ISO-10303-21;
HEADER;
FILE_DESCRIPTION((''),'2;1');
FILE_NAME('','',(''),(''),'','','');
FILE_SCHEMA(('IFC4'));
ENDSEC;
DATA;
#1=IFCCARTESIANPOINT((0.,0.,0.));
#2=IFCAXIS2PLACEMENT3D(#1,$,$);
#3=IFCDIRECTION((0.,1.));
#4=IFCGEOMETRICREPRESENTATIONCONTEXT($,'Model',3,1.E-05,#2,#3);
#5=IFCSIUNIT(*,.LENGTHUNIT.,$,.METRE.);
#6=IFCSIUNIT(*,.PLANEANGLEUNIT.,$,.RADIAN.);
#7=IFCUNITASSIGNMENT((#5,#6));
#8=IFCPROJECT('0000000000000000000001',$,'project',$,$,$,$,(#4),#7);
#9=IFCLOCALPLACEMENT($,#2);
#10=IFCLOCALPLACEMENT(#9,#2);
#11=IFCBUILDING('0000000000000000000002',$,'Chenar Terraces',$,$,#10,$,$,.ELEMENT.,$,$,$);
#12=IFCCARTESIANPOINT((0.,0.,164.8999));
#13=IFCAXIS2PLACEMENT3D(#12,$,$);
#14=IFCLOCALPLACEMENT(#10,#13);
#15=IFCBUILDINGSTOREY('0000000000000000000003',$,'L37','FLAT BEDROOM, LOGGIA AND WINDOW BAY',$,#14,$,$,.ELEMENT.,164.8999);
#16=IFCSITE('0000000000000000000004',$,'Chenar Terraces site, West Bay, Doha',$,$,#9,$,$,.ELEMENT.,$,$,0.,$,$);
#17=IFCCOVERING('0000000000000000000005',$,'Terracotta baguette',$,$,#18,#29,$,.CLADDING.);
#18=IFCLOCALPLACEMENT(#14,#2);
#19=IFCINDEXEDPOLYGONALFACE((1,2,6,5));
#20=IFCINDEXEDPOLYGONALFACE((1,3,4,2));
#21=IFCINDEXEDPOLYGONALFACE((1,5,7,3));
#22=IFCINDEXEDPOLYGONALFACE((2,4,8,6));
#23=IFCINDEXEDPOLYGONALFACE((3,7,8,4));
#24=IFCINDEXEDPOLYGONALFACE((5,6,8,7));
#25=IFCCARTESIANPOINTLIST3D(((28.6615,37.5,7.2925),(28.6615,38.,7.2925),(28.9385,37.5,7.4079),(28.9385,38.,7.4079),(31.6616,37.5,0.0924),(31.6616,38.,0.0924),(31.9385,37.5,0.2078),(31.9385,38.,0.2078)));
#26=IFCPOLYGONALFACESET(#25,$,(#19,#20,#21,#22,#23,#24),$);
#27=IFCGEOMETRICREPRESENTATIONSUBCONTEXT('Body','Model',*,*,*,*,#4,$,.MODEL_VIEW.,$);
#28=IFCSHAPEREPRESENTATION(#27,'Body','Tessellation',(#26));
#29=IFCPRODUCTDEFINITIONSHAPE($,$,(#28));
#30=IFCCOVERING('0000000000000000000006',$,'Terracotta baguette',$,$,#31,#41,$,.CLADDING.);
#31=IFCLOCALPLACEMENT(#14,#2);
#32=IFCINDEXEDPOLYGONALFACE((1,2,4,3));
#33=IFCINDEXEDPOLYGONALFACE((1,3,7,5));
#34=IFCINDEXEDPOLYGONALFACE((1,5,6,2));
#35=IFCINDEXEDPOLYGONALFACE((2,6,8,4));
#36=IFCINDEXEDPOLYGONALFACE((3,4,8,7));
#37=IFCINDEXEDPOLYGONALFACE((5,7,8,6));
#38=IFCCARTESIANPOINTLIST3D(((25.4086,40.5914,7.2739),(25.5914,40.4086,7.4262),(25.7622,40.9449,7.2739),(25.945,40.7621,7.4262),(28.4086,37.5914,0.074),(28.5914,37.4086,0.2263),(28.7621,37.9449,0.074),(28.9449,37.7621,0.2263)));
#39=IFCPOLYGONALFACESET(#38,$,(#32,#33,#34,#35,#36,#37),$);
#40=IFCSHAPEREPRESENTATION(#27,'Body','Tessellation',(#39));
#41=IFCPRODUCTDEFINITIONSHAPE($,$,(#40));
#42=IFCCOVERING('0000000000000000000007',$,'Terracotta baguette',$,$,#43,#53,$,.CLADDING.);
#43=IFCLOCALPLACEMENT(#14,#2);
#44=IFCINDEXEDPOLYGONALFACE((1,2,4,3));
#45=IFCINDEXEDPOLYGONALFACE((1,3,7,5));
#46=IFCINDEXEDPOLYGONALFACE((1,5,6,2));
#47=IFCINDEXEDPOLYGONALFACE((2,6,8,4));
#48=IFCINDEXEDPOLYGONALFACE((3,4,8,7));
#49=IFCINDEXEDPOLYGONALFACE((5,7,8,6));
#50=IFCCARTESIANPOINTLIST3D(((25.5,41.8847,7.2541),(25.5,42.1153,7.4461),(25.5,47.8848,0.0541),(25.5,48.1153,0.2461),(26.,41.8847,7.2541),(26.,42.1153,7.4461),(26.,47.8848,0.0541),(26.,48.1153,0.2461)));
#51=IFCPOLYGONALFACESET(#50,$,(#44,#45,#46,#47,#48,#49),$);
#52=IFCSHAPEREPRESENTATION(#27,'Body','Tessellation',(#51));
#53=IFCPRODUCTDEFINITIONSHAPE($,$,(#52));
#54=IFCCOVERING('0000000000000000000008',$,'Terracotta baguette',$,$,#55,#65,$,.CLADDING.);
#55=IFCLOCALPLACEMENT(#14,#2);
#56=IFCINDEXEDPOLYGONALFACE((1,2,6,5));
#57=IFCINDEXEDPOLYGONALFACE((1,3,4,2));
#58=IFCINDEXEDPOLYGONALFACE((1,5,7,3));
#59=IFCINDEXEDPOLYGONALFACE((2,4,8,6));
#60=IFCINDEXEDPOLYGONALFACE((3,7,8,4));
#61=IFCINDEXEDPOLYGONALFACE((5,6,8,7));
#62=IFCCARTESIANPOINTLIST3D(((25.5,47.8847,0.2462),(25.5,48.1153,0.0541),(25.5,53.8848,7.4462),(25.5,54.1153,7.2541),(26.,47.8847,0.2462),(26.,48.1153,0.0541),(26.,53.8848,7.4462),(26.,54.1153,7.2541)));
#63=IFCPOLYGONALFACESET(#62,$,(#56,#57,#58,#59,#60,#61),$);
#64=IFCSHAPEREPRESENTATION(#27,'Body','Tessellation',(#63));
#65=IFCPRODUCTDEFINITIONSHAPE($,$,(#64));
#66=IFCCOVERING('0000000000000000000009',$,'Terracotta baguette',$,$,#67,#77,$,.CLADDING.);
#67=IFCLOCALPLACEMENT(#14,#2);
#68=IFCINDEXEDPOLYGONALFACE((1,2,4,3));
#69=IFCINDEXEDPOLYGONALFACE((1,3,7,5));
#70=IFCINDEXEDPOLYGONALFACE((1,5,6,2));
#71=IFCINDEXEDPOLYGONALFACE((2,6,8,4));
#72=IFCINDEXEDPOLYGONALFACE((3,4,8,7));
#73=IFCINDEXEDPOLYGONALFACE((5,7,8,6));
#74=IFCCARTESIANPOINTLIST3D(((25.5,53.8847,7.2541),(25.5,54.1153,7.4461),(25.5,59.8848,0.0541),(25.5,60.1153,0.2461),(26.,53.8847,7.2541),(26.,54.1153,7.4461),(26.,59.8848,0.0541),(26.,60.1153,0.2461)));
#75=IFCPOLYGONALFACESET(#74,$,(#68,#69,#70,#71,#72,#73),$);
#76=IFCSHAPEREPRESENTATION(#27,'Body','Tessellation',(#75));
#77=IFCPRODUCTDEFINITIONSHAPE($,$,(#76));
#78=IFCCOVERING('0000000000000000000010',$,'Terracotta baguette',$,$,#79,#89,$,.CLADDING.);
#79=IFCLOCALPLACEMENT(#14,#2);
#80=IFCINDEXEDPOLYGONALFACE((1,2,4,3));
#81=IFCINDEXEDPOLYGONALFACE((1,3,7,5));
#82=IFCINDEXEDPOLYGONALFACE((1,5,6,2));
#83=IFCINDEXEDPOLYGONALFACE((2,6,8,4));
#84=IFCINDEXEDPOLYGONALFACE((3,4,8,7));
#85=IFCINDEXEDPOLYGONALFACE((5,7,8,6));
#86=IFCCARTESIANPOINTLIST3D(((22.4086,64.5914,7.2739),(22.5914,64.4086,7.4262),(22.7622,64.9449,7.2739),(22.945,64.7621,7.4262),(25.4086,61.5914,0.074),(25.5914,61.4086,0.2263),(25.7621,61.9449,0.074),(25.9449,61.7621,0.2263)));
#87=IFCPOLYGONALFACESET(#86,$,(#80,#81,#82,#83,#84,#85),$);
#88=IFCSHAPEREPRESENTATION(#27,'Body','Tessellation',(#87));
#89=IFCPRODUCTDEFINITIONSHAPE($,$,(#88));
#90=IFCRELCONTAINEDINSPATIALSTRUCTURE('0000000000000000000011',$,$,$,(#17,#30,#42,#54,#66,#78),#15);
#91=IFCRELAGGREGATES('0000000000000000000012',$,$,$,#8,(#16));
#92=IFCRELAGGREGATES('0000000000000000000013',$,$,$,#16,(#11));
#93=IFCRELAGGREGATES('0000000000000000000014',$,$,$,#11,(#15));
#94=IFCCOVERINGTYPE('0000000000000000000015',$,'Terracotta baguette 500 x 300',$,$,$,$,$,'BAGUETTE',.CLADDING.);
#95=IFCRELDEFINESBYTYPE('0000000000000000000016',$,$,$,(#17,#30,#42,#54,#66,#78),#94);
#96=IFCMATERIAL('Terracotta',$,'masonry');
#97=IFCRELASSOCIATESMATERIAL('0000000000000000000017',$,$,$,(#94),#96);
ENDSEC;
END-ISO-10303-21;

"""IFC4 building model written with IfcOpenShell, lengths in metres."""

from ifc_helpers import new_model, si_unit, direction, frame, origin, origin_2d, place, context, subcontext, project, spatial, rectangle, extrude, material, material_profile, profile_set, type_object, element, save


model = new_model("IFC4")

# Units and contexts
model_context = context("Model", 3, precision=1e-05, world=origin(), true_north=direction((0.0, 1.0)))
body_context = subcontext(model_context, "Body", "Model", "MODEL_VIEW")
ifc_project = project(units=[si_unit("LENGTHUNIT", "METRE"), si_unit("PLANEANGLEUNIT", "RADIAN")], contexts=[model_context])

# Site, building, storey
site_placement = place(None, origin())
site = spatial("IfcSite", under=ifc_project, at=site_placement, Name="Chenar Terraces site, West Bay, Doha", CompositionType="ELEMENT", RefElevation=0.0)
building_placement = place(site_placement, origin())
building = spatial("IfcBuilding", under=site, at=building_placement, Name="Chenar Terraces", CompositionType="ELEMENT")
storey_placement = place(building_placement, frame((0.0, 0.0, 164.8999)))
storey = spatial("IfcBuildingStorey", under=building, at=storey_placement, Name="L37", Description="FLAT BEDROOM, LOGGIA AND WINDOW BAY", CompositionType="ELEMENT", Elevation=164.8999)

# Coverings
ifc_material_1 = material(Name="Terracotta", Category="masonry")
ifc_material_profile_1 = material_profile(ifc_material_1, rectangle(XDim=0.5, YDim=0.3, at=origin_2d()), Name="Terracotta baguette 500 x 300")
ifc_profile_set_1 = profile_set([ifc_material_profile_1], Name="Terracotta")
covering_type = type_object("IfcCoveringType", Name="Terracotta baguette 500 x 300", ElementType="BAGUETTE", PredefinedType="CLADDING", material=ifc_profile_set_1)
covering_1_placement = place(storey_placement, frame((31.8, 37.75, 0.1501), z_axis=(-0.384618, 0.0, 0.923076), x_axis=(0.0, -1.0, 0.0)))
element("IfcCovering", 1, at=covering_1_placement, inside=storey, type_object=covering_type, Name="Terracotta baguette", PredefinedType="CLADDING", context=body_context, shape_type="SweptSolid", body=[
    extrude(rectangle(XDim=0.5, YDim=0.3, at=origin_2d()), origin(), (0.0, 0.0, 1.0), 7.8),
])
covering_2_placement = place(storey_placement, frame((28.6768, 37.6768, 0.1501), z_axis=(-0.358981, 0.358981, 0.861548), x_axis=(-0.707107, -0.707107, 0.0)))
element("IfcCovering", 2, at=covering_2_placement, inside=storey, type_object=covering_type, Name="Terracotta baguette", PredefinedType="CLADDING", context=body_context, shape_type="SweptSolid", body=[
    extrude(rectangle(XDim=0.5, YDim=0.3, at=origin_2d()), origin(), (0.0, 0.0, 1.0), 8.3569),
])
for number, where, z_axis, x_axis, name in (
    (3, (25.75, 42.0, 7.3501), (0.0, 0.640187, -0.768219), (-1.0, 0.0, 0.0), "Terracotta baguette"),
    (4, (25.75, 48.0, 0.1501), (0.0, 0.640187, 0.768219), (-1.0, 0.0, 0.0), "Terracotta baguette"),
    (5, (25.75, 54.0, 7.3501), (0.0, 0.640187, -0.768219), (-1.0, 0.0, 0.0), "Terracotta baguette"),
):
    element("IfcCovering", number, at=place(storey_placement, frame(where, z_axis=z_axis, x_axis=x_axis)), inside=storey, type_object=covering_type, Name=name, PredefinedType="CLADDING", context=body_context, shape_type="SweptSolid", body=[
        extrude(rectangle(XDim=0.5, YDim=0.3, at=origin_2d()), origin(), (0.0, 0.0, 1.0), 9.3723),
    ])
covering_3_placement = place(storey_placement, frame((25.6768, 61.6768, 0.1501), z_axis=(-0.358981, 0.358981, 0.861548), x_axis=(-0.707107, -0.707107, 0.0)))
element("IfcCovering", 6, at=covering_3_placement, inside=storey, type_object=covering_type, Name="Terracotta baguette", PredefinedType="CLADDING", context=body_context, shape_type="SweptSolid", body=[
    extrude(rectangle(XDim=0.5, YDim=0.3, at=origin_2d()), origin(), (0.0, 0.0, 1.0), 8.3569),
])

save(model, "model.ifc")
